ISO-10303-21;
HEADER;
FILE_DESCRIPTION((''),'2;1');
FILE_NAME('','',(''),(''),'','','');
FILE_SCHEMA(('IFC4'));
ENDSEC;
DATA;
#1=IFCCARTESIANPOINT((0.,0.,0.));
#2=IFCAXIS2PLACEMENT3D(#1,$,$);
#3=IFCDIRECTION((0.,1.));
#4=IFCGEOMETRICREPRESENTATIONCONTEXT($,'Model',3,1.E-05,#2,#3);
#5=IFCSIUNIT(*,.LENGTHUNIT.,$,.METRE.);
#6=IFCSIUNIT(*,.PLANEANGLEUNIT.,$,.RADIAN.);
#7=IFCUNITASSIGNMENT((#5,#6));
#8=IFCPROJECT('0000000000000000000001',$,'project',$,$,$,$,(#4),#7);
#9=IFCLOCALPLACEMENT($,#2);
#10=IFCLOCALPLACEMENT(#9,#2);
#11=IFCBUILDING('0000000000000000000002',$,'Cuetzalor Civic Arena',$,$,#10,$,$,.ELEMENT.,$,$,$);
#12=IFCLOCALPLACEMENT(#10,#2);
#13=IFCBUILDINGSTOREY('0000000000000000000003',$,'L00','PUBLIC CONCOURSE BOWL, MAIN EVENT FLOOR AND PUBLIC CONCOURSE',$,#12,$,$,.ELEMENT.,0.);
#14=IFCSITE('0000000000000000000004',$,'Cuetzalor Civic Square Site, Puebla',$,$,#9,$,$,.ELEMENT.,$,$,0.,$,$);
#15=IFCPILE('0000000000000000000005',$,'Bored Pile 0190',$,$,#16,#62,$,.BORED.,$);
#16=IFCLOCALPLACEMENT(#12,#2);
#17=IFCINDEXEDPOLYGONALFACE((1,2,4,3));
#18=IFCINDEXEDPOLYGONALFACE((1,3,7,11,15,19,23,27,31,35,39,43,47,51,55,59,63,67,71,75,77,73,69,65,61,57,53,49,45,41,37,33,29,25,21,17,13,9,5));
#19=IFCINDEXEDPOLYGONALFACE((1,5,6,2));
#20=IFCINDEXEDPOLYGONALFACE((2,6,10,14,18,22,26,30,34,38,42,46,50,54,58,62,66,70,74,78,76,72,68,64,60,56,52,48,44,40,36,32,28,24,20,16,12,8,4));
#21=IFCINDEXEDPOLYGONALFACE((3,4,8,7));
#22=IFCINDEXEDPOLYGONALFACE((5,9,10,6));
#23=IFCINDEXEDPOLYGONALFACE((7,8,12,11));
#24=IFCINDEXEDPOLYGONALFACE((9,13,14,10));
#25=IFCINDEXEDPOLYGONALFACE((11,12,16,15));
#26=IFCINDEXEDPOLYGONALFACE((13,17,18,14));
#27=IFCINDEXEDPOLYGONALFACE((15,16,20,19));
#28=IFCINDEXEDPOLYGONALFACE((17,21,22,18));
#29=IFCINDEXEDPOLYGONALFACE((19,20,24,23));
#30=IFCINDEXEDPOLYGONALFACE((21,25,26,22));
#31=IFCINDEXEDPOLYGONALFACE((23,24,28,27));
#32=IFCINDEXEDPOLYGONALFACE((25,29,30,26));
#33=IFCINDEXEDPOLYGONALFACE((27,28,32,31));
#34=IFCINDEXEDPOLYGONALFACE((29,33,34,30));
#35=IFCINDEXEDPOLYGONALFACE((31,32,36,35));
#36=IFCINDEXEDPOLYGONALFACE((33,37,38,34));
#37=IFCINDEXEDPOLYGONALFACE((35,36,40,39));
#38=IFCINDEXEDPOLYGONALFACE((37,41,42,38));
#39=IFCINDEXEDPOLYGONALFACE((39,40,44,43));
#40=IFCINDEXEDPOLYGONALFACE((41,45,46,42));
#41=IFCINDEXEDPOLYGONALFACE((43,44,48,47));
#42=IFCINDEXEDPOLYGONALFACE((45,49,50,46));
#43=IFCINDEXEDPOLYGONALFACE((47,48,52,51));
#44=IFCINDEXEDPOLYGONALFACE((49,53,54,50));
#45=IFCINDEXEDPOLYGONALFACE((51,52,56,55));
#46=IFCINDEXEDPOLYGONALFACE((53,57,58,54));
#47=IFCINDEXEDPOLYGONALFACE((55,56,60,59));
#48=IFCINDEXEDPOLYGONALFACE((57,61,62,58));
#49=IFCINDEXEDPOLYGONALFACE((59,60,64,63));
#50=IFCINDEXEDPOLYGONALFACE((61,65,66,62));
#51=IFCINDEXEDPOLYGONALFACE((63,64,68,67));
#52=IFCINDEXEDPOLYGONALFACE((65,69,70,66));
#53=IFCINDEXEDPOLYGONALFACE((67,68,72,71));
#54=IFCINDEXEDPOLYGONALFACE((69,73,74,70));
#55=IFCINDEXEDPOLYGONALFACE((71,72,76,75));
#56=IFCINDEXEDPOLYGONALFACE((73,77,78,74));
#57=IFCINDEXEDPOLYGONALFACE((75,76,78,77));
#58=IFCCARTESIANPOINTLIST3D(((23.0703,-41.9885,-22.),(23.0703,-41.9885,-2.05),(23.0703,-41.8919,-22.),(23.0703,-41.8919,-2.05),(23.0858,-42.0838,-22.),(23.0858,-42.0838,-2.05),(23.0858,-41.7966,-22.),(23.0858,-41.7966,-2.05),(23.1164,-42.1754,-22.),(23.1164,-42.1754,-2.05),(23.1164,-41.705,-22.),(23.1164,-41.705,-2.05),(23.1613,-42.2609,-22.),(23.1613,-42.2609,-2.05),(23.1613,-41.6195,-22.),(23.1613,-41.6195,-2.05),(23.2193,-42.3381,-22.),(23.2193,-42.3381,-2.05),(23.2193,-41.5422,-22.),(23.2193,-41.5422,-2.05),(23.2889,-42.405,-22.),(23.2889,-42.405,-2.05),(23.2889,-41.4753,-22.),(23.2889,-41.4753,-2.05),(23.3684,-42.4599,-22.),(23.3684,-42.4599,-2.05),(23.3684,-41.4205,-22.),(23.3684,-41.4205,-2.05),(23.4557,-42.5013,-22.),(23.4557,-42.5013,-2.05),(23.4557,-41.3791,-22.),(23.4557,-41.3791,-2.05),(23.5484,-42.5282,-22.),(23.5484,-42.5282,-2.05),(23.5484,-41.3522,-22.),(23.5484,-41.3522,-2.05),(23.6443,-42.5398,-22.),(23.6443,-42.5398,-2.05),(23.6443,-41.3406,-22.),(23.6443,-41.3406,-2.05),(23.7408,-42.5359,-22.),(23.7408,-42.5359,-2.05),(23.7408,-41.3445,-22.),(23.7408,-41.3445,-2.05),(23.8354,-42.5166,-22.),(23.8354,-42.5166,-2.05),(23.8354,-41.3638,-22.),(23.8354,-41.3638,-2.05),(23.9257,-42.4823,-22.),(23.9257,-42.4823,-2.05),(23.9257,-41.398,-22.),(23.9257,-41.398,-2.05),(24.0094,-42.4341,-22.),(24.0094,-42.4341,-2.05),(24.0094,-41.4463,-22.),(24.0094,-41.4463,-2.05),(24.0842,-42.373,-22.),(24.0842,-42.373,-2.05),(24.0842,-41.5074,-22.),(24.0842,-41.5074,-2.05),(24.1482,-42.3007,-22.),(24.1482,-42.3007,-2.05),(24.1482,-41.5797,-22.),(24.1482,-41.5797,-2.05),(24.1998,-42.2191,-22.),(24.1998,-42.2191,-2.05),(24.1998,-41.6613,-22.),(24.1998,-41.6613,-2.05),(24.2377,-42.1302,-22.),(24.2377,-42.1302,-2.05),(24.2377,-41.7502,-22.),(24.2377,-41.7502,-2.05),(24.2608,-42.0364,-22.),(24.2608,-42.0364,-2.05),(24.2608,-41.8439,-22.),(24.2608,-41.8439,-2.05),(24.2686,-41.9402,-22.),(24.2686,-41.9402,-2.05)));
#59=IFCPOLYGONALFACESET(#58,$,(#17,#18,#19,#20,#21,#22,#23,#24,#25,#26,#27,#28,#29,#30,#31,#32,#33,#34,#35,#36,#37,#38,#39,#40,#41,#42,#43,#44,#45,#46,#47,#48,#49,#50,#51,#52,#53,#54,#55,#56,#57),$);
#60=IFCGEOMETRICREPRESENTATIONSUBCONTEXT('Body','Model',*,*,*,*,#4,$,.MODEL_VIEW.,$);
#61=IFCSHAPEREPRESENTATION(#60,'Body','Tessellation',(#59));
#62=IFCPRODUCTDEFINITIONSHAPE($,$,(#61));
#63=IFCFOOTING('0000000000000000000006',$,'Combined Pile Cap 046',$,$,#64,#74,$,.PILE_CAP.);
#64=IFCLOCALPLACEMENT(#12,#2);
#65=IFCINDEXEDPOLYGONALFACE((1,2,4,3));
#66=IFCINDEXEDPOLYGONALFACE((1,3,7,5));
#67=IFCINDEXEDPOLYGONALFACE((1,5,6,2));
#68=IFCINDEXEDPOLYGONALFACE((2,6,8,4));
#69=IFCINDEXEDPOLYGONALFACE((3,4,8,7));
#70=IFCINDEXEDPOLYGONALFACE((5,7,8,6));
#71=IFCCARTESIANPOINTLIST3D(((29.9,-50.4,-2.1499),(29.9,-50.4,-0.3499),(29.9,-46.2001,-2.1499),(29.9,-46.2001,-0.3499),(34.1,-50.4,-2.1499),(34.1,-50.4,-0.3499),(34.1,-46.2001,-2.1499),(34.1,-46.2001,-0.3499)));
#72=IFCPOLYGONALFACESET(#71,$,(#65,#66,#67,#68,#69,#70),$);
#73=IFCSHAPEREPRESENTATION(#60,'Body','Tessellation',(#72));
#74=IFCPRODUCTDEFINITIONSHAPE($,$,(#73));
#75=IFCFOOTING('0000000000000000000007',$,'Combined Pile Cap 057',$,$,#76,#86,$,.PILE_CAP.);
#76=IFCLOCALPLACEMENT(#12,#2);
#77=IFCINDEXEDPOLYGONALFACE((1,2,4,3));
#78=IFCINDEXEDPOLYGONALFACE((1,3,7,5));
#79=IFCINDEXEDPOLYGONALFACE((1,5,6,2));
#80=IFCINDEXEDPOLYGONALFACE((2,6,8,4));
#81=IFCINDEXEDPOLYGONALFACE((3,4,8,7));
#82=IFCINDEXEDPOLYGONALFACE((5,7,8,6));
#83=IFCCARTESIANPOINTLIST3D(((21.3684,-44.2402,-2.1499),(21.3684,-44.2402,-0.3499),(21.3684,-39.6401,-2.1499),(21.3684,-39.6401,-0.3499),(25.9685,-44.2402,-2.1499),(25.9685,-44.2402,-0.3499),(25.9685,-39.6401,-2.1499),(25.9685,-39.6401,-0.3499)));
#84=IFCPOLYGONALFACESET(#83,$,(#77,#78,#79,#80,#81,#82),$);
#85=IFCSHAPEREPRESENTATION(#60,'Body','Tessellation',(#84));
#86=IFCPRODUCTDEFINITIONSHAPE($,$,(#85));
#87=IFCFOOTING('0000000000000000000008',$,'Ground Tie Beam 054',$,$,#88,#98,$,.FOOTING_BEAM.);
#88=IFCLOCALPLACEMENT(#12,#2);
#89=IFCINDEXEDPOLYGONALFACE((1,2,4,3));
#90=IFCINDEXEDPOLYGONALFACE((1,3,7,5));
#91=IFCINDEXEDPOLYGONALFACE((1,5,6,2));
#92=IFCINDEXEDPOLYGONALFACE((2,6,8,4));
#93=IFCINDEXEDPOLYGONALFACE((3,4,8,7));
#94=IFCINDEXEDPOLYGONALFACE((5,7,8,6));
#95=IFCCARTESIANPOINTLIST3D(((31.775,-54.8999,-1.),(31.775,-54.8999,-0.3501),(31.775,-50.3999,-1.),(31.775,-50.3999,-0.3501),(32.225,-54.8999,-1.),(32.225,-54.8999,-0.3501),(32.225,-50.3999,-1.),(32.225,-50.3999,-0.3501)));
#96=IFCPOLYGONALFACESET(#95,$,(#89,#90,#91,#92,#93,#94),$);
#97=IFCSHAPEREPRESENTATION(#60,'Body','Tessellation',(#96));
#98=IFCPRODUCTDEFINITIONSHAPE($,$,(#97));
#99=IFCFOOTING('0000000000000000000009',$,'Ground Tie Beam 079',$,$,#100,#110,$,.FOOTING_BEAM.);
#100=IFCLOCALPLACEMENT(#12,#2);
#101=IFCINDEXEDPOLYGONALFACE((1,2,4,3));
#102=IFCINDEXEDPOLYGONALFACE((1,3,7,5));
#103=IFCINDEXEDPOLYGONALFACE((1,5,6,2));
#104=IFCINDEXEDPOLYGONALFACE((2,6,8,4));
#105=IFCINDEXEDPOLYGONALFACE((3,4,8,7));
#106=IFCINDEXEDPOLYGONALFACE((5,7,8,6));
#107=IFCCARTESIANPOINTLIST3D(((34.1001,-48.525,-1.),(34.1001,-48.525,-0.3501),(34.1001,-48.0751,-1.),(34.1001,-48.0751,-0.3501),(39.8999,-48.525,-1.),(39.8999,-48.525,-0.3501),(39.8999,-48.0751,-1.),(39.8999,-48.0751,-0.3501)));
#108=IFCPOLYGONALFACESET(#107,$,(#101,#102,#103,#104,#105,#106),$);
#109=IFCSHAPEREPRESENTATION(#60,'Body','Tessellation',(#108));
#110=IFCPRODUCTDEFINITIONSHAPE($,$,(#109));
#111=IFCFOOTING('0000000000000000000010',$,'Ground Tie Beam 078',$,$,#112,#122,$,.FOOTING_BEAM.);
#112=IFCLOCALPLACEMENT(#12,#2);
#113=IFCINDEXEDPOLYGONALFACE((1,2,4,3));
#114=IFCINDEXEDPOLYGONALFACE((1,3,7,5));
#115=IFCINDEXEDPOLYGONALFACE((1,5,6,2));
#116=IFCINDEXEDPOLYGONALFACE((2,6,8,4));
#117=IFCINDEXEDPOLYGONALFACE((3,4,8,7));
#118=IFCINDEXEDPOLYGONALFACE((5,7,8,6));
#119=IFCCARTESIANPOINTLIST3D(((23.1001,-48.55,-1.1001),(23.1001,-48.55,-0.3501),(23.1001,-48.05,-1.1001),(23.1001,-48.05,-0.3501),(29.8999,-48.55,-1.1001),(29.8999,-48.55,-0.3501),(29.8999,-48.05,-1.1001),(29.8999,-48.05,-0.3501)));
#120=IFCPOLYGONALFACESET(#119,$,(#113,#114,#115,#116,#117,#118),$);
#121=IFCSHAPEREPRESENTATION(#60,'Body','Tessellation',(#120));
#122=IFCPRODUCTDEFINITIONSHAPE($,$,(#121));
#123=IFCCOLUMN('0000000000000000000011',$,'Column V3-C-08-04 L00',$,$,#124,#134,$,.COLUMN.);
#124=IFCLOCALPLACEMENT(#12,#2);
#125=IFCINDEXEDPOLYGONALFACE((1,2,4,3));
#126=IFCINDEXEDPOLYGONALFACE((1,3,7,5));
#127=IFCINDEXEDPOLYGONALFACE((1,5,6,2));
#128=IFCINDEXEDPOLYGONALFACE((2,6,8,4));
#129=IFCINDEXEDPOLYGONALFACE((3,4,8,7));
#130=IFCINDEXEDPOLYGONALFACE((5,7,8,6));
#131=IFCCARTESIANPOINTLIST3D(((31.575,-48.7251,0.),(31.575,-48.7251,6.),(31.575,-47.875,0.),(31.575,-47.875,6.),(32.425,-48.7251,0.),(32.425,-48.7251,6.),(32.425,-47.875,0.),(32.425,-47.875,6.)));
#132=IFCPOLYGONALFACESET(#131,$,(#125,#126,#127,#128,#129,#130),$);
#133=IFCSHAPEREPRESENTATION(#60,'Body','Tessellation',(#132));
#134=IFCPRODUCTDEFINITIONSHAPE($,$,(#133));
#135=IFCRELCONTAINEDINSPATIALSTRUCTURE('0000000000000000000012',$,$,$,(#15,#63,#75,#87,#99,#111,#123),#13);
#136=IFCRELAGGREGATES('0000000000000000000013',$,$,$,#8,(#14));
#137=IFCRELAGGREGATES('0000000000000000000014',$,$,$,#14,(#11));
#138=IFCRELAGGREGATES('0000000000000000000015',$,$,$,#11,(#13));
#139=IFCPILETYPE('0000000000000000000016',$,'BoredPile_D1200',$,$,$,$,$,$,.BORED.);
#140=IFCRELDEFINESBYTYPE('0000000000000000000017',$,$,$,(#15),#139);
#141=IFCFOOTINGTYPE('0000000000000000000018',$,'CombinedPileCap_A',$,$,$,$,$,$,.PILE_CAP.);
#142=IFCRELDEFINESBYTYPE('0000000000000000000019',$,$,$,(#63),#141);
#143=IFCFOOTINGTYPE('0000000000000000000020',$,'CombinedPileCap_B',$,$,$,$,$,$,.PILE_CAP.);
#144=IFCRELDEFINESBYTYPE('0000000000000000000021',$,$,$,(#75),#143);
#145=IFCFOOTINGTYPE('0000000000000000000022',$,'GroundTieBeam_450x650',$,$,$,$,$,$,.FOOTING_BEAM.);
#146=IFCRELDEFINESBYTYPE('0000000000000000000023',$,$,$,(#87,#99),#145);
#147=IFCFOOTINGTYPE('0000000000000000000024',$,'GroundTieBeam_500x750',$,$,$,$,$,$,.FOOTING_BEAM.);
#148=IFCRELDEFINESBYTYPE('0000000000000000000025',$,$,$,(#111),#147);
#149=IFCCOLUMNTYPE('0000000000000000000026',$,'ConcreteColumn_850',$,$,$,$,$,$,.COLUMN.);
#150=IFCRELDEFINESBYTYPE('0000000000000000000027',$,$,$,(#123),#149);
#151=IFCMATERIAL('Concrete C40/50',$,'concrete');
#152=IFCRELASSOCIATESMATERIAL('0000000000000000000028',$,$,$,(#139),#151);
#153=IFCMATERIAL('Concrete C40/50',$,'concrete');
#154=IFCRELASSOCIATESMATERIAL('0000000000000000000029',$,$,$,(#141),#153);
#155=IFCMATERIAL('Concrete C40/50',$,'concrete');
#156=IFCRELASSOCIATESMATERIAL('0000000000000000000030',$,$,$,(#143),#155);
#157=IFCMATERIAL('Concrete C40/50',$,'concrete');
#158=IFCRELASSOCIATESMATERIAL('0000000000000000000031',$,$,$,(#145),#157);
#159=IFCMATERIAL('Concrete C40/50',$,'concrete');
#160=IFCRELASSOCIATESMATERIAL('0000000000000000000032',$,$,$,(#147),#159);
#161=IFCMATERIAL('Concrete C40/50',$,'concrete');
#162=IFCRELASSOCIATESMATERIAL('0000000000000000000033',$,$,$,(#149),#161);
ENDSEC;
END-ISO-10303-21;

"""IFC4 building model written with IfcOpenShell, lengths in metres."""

from ifc_helpers import new_model, si_unit, direction, frame, origin, origin_2d, place, context, subcontext, project, spatial, rectangle, circle, extrude, material, material_profile, profile_set, type_object, element, save


model = new_model("IFC4")

# Units and contexts
model_context = context("Model", 3, precision=1e-05, world=origin(), true_north=direction((0.0, 1.0)))
body_context = subcontext(model_context, "Body", "Model", "MODEL_VIEW")
ifc_project = project(units=[si_unit("LENGTHUNIT", "METRE"), si_unit("PLANEANGLEUNIT", "RADIAN")], contexts=[model_context])

# Site, building, storey
site_placement = place(None, origin())
site = spatial("IfcSite", under=ifc_project, at=site_placement, Name="Cuetzalor Civic Square Site, Puebla", CompositionType="ELEMENT", RefElevation=0.0)
building_placement = place(site_placement, origin())
building = spatial("IfcBuilding", under=site, at=building_placement, Name="Cuetzalor Civic Arena", CompositionType="ELEMENT")
storey_placement = place(building_placement, origin())
storey = spatial("IfcBuildingStorey", under=building, at=storey_placement, Name="L00", Description="PUBLIC CONCOURSE BOWL, MAIN EVENT FLOOR AND PUBLIC CONCOURSE", CompositionType="ELEMENT", Elevation=0.0)

# Pile
ifc_material_1 = material(Name="Concrete C40/50", Category="concrete")
ifc_material_profile_1 = material_profile(ifc_material_1, circle(Radius=0.6001, at=origin_2d()), Name="BORED PILE D1200")
ifc_profile_set_1 = profile_set([ifc_material_profile_1], Name="Concrete C40/50")
pile_type_1 = type_object("IfcPileType", Name="BoredPile_D1200", PredefinedType="BORED", material=ifc_profile_set_1)
pile_placement = place(storey_placement, frame((23.6685, -41.9402, -2.05), z_axis=(0.0, 0.0, -1.0), x_axis=(1.0, 0.0, 0.0)))
element("IfcPile", 1, at=pile_placement, inside=storey, type_object=pile_type_1, Name="Bored Pile 0190", PredefinedType="BORED", context=body_context, shape_type="SweptSolid", body=[
    extrude(circle(Radius=0.6001, at=origin_2d()), origin(), (0.0, 0.0, 1.0), 19.95),
])

# Footings
ifc_material_2 = material(Name="Concrete C40/50", Category="concrete")
footing_type_1 = type_object("IfcFootingType", Name="CombinedPileCap_A", PredefinedType="PILE_CAP", material=ifc_material_2)
footing_1_placement = place(storey_placement, frame((32.0, -48.3, -2.1499), z_axis=(0.0, 0.0, 1.0), x_axis=(1.0, 0.0, 0.0)))
element("IfcFooting", 2, at=footing_1_placement, inside=storey, type_object=footing_type_1, Name="Combined Pile Cap 046", PredefinedType="PILE_CAP", context=body_context, shape_type="SweptSolid", body=[
    extrude(rectangle(XDim=4.2, YDim=4.2, at=origin_2d()), origin(), (0.0, 0.0, 1.0), 1.8),
])
ifc_material_3 = material(Name="Concrete C40/50", Category="concrete")
footing_type_2 = type_object("IfcFootingType", Name="CombinedPileCap_B", PredefinedType="PILE_CAP", material=ifc_material_3)
footing_2_placement = place(storey_placement, frame((23.6685, -41.9402, -2.1499), z_axis=(0.0, 0.0, 1.0), x_axis=(1.0, 0.0, 0.0)))
element("IfcFooting", 3, at=footing_2_placement, inside=storey, type_object=footing_type_2, Name="Combined Pile Cap 057", PredefinedType="PILE_CAP", context=body_context, shape_type="SweptSolid", body=[
    extrude(rectangle(XDim=4.6001, YDim=4.6001, at=origin_2d()), origin(), (0.0, 0.0, 1.0), 1.8),
])
ifc_material_4 = material(Name="Concrete C40/50", Category="concrete")
ifc_material_profile_2 = material_profile(ifc_material_4, rectangle(XDim=0.45, YDim=0.6499, at=origin_2d()), Name="RC 450x650")
ifc_profile_set_2 = profile_set([ifc_material_profile_2], Name="Concrete C40/50")
footing_type_3 = type_object("IfcFootingType", Name="GroundTieBeam_450x650", PredefinedType="FOOTING_BEAM", material=ifc_profile_set_2)
footing_3_placement = place(storey_placement, frame((32.0, -54.8999, -0.675), z_axis=(0.0, 1.0, 0.0), x_axis=(-1.0, 0.0, 0.0)))
element("IfcFooting", 4, at=footing_3_placement, inside=storey, type_object=footing_type_3, Name="Ground Tie Beam 054", PredefinedType="FOOTING_BEAM", context=body_context, shape_type="SweptSolid", body=[
    extrude(rectangle(XDim=0.45, YDim=0.6499, at=origin_2d()), origin(), (0.0, 0.0, 1.0), 4.5),
])
footing_4_placement = place(storey_placement, frame((34.1001, -48.3, -0.675), z_axis=(1.0, 0.0, 0.0), x_axis=(0.0, 1.0, 0.0)))
element("IfcFooting", 5, at=footing_4_placement, inside=storey, type_object=footing_type_3, Name="Ground Tie Beam 079", PredefinedType="FOOTING_BEAM", context=body_context, shape_type="SweptSolid", body=[
    extrude(rectangle(XDim=0.45, YDim=0.6499, at=origin_2d()), origin(), (0.0, 0.0, 1.0), 5.7998),
])
ifc_material_5 = material(Name="Concrete C40/50", Category="concrete")
ifc_material_profile_3 = material_profile(ifc_material_5, rectangle(XDim=0.5, YDim=0.75, at=origin_2d()), Name="RC 500x750")
ifc_profile_set_3 = profile_set([ifc_material_profile_3], Name="Concrete C40/50")
footing_type_4 = type_object("IfcFootingType", Name="GroundTieBeam_500x750", PredefinedType="FOOTING_BEAM", material=ifc_profile_set_3)
footing_5_placement = place(storey_placement, frame((23.1001, -48.3, -0.7251), z_axis=(1.0, 0.0, 0.0), x_axis=(0.0, 1.0, 0.0)))
element("IfcFooting", 6, at=footing_5_placement, inside=storey, type_object=footing_type_4, Name="Ground Tie Beam 078", PredefinedType="FOOTING_BEAM", context=body_context, shape_type="SweptSolid", body=[
    extrude(rectangle(XDim=0.5, YDim=0.75, at=origin_2d()), origin(), (0.0, 0.0, 1.0), 6.7998),
])

# Column
ifc_material_6 = material(Name="Concrete C40/50", Category="concrete")
ifc_material_profile_4 = material_profile(ifc_material_6, rectangle(XDim=0.8501, YDim=0.8501, at=origin_2d()), Name="RC 850x850")
ifc_profile_set_4 = profile_set([ifc_material_profile_4], Name="Concrete C40/50")
column_type_1 = type_object("IfcColumnType", Name="ConcreteColumn_850", PredefinedType="COLUMN", material=ifc_profile_set_4)
column_1_placement = place(storey_placement, frame((32.0, -48.3, 0.0), z_axis=(0.0, 0.0, 1.0), x_axis=(1.0, 0.0, 0.0)))
element("IfcColumn", 7, at=column_1_placement, inside=storey, type_object=column_type_1, Name="Column V3-C-08-04 L00", PredefinedType="COLUMN", context=body_context, shape_type="SweptSolid", body=[
    extrude(rectangle(XDim=0.8501, YDim=0.8501, at=origin_2d()), origin(), (0.0, 0.0, 1.0), 6.0),
])

save(model, "model.ifc")
